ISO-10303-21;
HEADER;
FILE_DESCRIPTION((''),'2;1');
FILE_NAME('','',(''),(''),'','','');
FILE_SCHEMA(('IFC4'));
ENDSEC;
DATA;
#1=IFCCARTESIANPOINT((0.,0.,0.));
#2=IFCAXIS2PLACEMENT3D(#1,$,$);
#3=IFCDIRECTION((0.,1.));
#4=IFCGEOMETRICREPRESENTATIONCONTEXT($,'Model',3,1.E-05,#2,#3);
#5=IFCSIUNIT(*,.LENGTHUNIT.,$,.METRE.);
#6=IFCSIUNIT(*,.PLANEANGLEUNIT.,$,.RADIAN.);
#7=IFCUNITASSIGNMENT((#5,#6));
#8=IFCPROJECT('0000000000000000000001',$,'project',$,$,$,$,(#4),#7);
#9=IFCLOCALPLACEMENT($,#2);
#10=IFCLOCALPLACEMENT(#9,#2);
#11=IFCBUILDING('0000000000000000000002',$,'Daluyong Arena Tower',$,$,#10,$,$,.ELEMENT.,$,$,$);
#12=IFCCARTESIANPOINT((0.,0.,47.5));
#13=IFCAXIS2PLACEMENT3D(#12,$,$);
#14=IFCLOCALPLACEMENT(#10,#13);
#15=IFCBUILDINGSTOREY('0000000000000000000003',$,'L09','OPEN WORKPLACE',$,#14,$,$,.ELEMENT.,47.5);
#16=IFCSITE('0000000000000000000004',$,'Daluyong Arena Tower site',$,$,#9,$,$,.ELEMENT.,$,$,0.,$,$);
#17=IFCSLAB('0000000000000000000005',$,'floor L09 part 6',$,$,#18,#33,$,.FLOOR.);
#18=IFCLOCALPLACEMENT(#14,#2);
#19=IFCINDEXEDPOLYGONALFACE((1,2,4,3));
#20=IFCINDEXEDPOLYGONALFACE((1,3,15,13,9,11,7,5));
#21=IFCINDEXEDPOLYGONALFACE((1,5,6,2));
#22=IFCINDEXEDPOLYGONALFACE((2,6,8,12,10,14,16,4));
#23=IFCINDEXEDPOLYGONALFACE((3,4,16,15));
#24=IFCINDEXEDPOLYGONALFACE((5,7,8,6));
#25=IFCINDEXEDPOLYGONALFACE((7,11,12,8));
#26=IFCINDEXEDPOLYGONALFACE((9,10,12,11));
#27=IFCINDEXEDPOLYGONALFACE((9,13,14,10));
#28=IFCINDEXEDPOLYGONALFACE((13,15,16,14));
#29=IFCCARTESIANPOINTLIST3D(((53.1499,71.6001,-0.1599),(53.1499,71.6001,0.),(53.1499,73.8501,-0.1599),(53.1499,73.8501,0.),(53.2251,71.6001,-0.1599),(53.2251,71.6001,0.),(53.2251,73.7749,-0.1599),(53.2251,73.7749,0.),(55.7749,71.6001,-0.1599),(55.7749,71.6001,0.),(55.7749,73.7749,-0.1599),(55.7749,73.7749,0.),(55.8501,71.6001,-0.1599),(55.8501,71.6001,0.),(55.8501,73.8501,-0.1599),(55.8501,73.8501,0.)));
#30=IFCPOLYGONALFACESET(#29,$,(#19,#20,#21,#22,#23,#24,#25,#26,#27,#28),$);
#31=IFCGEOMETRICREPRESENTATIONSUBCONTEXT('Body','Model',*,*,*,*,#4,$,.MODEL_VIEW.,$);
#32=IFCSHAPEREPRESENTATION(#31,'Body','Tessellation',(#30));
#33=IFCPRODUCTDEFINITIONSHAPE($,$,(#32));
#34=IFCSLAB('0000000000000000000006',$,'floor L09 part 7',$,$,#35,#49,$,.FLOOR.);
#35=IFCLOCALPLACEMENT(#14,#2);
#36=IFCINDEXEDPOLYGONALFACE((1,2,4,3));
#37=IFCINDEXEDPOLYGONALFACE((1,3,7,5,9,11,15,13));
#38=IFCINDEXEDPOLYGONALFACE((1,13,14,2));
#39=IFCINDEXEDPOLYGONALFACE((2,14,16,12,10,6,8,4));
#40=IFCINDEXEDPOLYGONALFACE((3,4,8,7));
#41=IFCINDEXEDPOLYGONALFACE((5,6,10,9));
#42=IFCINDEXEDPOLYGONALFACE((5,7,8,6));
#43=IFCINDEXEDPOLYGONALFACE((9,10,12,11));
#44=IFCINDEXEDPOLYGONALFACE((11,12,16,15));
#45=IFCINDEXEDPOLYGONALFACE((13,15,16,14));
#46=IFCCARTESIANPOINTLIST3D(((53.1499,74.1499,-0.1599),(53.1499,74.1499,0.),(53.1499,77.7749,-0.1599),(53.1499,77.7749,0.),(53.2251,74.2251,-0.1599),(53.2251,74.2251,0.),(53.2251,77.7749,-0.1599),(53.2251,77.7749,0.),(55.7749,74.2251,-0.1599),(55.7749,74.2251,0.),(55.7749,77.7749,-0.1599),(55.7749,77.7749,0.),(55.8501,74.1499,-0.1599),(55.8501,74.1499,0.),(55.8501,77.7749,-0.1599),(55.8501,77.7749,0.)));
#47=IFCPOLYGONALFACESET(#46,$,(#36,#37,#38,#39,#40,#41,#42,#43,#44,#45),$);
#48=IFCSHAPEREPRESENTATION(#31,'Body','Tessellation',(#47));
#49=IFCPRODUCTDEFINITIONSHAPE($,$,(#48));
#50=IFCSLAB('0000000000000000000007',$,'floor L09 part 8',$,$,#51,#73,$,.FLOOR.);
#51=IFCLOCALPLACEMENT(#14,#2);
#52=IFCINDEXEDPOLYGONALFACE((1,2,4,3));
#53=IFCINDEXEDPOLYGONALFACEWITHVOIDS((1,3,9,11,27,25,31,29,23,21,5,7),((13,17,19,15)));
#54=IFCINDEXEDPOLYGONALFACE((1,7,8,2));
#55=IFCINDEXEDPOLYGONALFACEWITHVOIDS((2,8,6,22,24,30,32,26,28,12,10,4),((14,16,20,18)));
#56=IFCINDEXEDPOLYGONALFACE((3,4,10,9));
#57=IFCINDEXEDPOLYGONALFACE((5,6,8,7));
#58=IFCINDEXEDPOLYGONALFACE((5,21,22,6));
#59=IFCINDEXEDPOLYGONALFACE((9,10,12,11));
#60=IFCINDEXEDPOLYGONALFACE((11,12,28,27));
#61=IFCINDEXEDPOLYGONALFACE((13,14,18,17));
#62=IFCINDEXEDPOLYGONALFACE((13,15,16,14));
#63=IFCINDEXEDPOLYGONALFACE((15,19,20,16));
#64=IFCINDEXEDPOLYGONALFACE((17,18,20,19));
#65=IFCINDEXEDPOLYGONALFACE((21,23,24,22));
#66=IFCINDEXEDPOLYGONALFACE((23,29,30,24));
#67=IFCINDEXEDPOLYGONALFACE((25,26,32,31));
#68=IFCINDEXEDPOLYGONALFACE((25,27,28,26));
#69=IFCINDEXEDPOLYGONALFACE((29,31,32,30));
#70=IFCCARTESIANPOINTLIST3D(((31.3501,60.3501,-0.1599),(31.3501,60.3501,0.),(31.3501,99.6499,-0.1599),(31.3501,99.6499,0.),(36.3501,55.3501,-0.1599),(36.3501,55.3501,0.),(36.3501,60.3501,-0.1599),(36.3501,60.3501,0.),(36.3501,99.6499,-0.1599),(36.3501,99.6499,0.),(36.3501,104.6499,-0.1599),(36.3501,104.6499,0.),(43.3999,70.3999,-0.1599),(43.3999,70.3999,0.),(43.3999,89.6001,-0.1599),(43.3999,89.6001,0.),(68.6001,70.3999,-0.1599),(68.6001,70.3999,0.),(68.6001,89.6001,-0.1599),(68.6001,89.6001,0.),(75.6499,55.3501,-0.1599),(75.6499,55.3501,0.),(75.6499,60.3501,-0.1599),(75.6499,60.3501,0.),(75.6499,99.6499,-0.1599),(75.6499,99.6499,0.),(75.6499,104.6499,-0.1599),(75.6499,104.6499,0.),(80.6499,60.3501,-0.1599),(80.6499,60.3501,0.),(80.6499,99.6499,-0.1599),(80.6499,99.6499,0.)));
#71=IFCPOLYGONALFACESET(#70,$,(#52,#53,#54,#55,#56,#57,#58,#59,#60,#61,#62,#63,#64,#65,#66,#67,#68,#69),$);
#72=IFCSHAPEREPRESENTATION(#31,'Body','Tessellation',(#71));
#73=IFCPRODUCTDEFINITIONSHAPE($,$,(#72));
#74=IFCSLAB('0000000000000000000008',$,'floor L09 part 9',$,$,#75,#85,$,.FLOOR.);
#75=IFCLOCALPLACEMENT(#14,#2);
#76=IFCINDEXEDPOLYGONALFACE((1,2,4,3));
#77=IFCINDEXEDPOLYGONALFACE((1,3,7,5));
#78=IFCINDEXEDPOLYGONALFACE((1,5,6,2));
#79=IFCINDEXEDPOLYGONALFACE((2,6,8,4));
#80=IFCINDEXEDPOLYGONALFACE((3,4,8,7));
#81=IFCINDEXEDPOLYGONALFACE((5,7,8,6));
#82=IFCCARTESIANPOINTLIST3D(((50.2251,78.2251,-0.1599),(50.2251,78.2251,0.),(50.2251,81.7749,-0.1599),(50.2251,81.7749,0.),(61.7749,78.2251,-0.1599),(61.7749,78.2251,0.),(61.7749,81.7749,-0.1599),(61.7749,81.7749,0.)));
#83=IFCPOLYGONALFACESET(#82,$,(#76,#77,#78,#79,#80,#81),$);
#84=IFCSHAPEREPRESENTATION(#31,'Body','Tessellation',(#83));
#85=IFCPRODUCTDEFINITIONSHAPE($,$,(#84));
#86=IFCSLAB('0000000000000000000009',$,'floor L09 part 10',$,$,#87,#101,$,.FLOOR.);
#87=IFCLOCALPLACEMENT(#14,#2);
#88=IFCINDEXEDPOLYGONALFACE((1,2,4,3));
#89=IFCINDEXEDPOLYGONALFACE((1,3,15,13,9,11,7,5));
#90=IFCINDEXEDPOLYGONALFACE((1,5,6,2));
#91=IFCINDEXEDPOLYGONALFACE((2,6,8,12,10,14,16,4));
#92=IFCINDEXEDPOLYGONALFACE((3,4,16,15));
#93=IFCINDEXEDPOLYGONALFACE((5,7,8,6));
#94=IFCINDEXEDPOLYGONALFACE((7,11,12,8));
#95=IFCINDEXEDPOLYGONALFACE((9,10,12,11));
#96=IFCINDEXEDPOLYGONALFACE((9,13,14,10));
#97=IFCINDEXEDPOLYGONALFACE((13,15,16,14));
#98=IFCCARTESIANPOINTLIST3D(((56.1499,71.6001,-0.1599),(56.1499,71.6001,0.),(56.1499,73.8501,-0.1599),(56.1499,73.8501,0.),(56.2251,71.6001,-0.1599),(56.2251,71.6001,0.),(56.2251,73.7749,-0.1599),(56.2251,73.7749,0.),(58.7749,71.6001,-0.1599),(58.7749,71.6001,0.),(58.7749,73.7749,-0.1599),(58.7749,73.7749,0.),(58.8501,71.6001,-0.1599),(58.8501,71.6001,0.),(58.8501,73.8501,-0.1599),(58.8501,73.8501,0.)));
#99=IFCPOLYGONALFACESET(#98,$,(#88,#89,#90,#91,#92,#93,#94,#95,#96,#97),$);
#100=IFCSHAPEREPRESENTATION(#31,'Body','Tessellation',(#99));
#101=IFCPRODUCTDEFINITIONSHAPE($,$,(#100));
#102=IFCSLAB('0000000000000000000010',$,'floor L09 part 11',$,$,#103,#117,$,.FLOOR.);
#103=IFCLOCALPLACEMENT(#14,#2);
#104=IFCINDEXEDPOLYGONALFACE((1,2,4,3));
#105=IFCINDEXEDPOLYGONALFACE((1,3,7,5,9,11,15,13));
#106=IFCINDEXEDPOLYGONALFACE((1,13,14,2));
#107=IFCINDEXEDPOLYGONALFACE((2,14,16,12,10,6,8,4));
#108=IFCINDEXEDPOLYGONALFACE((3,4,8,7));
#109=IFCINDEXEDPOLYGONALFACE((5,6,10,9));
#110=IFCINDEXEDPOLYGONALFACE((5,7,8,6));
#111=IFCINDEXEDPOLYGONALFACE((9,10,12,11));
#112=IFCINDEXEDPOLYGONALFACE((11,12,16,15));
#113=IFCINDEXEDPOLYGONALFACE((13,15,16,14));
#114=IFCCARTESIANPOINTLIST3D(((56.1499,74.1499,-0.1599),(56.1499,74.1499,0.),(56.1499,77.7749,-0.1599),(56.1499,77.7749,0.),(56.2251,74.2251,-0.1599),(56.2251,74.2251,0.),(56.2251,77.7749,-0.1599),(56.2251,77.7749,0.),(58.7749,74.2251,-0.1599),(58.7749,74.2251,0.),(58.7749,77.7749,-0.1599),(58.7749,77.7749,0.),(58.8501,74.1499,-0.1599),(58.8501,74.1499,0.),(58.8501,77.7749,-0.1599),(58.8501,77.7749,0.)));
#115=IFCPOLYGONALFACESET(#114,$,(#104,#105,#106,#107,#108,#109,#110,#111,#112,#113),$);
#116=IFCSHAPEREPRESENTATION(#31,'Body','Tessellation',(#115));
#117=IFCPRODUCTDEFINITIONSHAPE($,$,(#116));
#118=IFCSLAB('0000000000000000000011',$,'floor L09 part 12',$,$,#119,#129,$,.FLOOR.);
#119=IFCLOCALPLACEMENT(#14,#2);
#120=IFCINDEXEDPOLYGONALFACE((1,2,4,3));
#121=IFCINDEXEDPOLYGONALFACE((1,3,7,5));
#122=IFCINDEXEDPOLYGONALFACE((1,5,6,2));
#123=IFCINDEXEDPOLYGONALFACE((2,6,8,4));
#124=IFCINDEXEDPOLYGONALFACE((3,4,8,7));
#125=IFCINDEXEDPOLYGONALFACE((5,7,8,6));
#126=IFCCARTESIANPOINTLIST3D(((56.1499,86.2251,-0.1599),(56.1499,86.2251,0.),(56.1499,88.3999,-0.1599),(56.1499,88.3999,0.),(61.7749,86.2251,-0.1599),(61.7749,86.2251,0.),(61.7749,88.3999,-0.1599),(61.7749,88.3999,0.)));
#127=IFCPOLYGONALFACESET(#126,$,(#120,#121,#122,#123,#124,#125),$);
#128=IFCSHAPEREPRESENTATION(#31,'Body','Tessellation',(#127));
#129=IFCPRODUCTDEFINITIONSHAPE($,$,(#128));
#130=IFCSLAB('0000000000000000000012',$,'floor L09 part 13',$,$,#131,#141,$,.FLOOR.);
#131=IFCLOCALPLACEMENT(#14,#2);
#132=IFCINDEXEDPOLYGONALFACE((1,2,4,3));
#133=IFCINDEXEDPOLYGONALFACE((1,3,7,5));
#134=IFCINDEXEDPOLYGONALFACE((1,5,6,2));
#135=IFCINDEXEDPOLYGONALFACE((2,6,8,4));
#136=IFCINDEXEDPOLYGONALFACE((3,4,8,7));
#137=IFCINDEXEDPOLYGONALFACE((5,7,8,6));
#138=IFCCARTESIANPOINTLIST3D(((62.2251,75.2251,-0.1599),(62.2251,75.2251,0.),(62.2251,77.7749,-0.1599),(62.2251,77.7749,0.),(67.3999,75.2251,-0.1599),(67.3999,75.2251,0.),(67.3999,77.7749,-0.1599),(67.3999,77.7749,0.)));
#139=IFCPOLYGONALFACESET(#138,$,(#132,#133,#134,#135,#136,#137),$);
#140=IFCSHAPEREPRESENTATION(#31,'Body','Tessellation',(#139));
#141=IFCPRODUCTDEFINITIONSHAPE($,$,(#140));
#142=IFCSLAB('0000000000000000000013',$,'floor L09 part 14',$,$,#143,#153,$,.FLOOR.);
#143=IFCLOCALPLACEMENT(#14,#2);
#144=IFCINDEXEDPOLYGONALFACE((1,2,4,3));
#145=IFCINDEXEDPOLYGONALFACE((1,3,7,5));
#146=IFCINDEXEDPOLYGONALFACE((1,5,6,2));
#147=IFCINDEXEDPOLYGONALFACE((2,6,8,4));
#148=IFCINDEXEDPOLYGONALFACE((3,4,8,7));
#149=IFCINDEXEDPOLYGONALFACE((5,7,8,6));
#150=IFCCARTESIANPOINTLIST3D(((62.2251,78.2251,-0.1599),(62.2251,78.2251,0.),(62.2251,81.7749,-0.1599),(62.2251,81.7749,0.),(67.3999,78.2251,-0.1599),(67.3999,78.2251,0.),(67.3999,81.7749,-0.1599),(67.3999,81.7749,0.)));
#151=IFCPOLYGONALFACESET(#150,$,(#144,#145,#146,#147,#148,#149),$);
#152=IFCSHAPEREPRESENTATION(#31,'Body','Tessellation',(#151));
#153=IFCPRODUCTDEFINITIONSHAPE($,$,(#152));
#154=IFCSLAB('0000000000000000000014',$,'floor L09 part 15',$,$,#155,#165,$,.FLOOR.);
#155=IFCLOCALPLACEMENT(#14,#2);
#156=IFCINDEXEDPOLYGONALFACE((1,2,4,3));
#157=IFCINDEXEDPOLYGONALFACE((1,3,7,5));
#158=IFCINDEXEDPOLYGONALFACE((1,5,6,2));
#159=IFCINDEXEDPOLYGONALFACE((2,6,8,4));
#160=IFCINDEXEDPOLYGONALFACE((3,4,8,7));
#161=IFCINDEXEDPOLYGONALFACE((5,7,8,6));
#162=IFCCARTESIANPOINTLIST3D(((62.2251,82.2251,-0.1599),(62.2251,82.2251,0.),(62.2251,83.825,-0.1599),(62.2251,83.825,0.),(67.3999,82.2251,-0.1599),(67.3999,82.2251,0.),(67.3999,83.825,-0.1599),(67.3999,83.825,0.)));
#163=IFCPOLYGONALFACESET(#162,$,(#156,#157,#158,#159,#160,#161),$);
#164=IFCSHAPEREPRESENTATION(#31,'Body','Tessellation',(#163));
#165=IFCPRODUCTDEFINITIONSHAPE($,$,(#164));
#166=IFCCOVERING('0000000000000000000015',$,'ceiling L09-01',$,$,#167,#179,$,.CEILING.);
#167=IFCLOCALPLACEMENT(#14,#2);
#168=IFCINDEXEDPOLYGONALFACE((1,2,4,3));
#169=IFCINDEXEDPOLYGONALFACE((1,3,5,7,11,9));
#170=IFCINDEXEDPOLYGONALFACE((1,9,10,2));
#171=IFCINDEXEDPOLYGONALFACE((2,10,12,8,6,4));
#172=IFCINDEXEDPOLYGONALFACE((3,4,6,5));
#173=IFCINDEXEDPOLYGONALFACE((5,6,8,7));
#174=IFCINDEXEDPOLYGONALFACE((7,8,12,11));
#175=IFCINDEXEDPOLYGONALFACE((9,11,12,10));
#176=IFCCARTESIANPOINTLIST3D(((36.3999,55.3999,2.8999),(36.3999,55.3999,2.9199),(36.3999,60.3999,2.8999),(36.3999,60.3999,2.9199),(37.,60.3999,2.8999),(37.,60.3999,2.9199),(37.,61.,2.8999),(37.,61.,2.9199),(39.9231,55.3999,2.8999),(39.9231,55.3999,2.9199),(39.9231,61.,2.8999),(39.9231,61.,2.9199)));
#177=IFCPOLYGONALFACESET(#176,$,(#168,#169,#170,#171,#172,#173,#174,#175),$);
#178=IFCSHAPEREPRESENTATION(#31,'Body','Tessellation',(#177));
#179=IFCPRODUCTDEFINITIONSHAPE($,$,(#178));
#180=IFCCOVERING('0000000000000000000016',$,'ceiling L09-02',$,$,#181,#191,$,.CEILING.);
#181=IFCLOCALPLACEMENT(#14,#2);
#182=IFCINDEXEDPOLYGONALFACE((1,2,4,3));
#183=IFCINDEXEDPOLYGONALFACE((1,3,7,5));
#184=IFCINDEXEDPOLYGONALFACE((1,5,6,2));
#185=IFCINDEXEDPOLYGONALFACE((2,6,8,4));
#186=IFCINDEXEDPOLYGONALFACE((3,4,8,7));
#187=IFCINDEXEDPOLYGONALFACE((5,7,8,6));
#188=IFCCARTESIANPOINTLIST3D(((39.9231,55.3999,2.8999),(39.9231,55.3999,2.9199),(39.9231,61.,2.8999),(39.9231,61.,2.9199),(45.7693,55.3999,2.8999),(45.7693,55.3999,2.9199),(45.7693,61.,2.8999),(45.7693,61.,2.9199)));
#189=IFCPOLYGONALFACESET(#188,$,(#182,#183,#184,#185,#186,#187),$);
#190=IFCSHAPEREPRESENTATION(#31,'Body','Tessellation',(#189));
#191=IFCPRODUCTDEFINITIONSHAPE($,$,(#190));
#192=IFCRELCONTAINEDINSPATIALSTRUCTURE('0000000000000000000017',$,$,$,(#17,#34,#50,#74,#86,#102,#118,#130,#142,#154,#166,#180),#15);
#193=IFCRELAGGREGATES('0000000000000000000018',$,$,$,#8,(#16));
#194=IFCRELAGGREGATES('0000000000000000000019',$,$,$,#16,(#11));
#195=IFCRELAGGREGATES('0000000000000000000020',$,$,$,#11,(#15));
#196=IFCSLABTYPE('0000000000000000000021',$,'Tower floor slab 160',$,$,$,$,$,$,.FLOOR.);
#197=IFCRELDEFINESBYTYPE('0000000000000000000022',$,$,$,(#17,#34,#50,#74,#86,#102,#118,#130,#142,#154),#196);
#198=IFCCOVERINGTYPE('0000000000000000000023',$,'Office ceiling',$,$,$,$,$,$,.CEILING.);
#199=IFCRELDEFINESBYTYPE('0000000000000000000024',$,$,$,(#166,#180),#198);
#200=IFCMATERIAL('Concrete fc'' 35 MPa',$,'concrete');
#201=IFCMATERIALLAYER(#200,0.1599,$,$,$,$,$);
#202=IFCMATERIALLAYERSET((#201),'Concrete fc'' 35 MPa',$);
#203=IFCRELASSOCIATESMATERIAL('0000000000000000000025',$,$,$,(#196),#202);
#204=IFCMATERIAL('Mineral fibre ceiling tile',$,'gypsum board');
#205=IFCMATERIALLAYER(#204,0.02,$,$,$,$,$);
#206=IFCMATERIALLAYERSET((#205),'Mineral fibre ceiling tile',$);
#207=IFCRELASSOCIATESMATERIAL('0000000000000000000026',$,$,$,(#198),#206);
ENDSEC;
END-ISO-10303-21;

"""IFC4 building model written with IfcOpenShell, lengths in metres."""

from ifc_helpers import new_model, si_unit, direction, frame, origin, place, context, subcontext, project, spatial, polyline, outline, extrude, material, layer, layer_set, type_object, element, save


model = new_model("IFC4")

# Units and contexts
model_context = context("Model", 3, precision=1e-05, world=origin(), true_north=direction((0.0, 1.0)))
body_context = subcontext(model_context, "Body", "Model", "MODEL_VIEW")
ifc_project = project(units=[si_unit("LENGTHUNIT", "METRE"), si_unit("PLANEANGLEUNIT", "RADIAN")], contexts=[model_context])

# Site, building, storey
site_placement = place(None, origin())
site = spatial("IfcSite", under=ifc_project, at=site_placement, Name="Daluyong Arena Tower site", CompositionType="ELEMENT", RefElevation=0.0)
building_placement = place(site_placement, origin())
building = spatial("IfcBuilding", under=site, at=building_placement, Name="Daluyong Arena Tower", CompositionType="ELEMENT")
storey_placement = place(building_placement, frame((0.0, 0.0, 47.5)))
storey = spatial("IfcBuildingStorey", under=building, at=storey_placement, Name="L09", Description="OPEN WORKPLACE", CompositionType="ELEMENT", Elevation=47.5)

# Slabs
ifc_material_1 = material(Name="Concrete fc' 35 MPa", Category="concrete")
ifc_layer_1 = layer(ifc_material_1, 0.1599)
ifc_layer_set_1 = layer_set([ifc_layer_1], Name="Concrete fc' 35 MPa")
slab_type_1 = type_object("IfcSlabType", Name="Tower floor slab 160", PredefinedType="FLOOR", material=ifc_layer_set_1)
slab_1_placement = place(storey_placement, frame((0.0, 0.0, -0.1599)))
element("IfcSlab", 1, at=slab_1_placement, inside=storey, type_object=slab_type_1, Name="floor L09 part 6", PredefinedType="FLOOR", context=body_context, shape_type="SweptSolid", body=[
    extrude(outline(polyline([(55.7749, 73.7749), (55.7749, 71.6001), (55.8501, 71.6001), (55.8501, 73.8501), (53.1499, 73.8501), (53.1499, 71.6001), (53.2251, 71.6001), (53.2251, 73.7749), (55.7749, 73.7749)])), origin(), (0.0, 0.0, 1.0), 0.1599),
])
slab_2_placement = place(storey_placement, frame((0.0, 0.0, -0.1599)))
element("IfcSlab", 2, at=slab_2_placement, inside=storey, type_object=slab_type_1, Name="floor L09 part 7", PredefinedType="FLOOR", context=body_context, shape_type="SweptSolid", body=[
    extrude(outline(polyline([(53.1499, 77.7749), (53.1499, 74.1499), (55.8501, 74.1499), (55.8501, 77.7749), (55.7749, 77.7749), (55.7749, 74.2251), (53.2251, 74.2251), (53.2251, 77.7749), (53.1499, 77.7749)])), origin(), (0.0, 0.0, 1.0), 0.1599),
])
slab_3_placement = place(storey_placement, frame((0.0, 0.0, -0.1599)))
element("IfcSlab", 3, at=slab_3_placement, inside=storey, type_object=slab_type_1, Name="floor L09 part 8", PredefinedType="FLOOR", context=body_context, shape_type="SweptSolid", body=[
    extrude(outline(polyline([(36.3501, 60.3501), (36.3501, 55.3501), (75.6499, 55.3501), (75.6499, 60.3501), (80.6499, 60.3501), (80.6499, 99.6499), (75.6499, 99.6499), (75.6499, 104.6499), (36.3501, 104.6499), (36.3501, 99.6499), (31.3501, 99.6499), (31.3501, 60.3501), (36.3501, 60.3501)]), holes=[polyline([(68.6001, 89.6001), (68.6001, 70.3999), (43.3999, 70.3999), (43.3999, 89.6001), (68.6001, 89.6001)])]), origin(), (0.0, 0.0, 1.0), 0.1599),
])
slab_4_placement = place(storey_placement, frame((0.0, 0.0, -0.1599)))
element("IfcSlab", 4, at=slab_4_placement, inside=storey, type_object=slab_type_1, Name="floor L09 part 9", PredefinedType="FLOOR", context=body_context, shape_type="SweptSolid", body=[
    extrude(outline(polyline([(61.7749, 81.7749), (50.2251, 81.7749), (50.2251, 78.2251), (61.7749, 78.2251), (61.7749, 81.7749)])), origin(), (0.0, 0.0, 1.0), 0.1599),
])
slab_5_placement = place(storey_placement, frame((0.0, 0.0, -0.1599)))
element("IfcSlab", 5, at=slab_5_placement, inside=storey, type_object=slab_type_1, Name="floor L09 part 10", PredefinedType="FLOOR", context=body_context, shape_type="SweptSolid", body=[
    extrude(outline(polyline([(58.7749, 73.7749), (58.7749, 71.6001), (58.8501, 71.6001), (58.8501, 73.8501), (56.1499, 73.8501), (56.1499, 71.6001), (56.2251, 71.6001), (56.2251, 73.7749), (58.7749, 73.7749)])), origin(), (0.0, 0.0, 1.0), 0.1599),
])
slab_6_placement = place(storey_placement, frame((0.0, 0.0, -0.1599)))
element("IfcSlab", 6, at=slab_6_placement, inside=storey, type_object=slab_type_1, Name="floor L09 part 11", PredefinedType="FLOOR", context=body_context, shape_type="SweptSolid", body=[
    extrude(outline(polyline([(56.1499, 77.7749), (56.1499, 74.1499), (58.8501, 74.1499), (58.8501, 77.7749), (58.7749, 77.7749), (58.7749, 74.2251), (56.2251, 74.2251), (56.2251, 77.7749), (56.1499, 77.7749)])), origin(), (0.0, 0.0, 1.0), 0.1599),
])
slab_7_placement = place(storey_placement, frame((0.0, 0.0, -0.1599)))
element("IfcSlab", 7, at=slab_7_placement, inside=storey, type_object=slab_type_1, Name="floor L09 part 12", PredefinedType="FLOOR", context=body_context, shape_type="SweptSolid", body=[
    extrude(outline(polyline([(56.1499, 86.2251), (61.7749, 86.2251), (61.7749, 88.3999), (56.1499, 88.3999), (56.1499, 86.2251)])), origin(), (0.0, 0.0, 1.0), 0.1599),
])
slab_8_placement = place(storey_placement, frame((0.0, 0.0, -0.1599)))
element("IfcSlab", 8, at=slab_8_placement, inside=storey, type_object=slab_type_1, Name="floor L09 part 13", PredefinedType="FLOOR", context=body_context, shape_type="SweptSolid", body=[
    extrude(outline(polyline([(67.3999, 75.2251), (67.3999, 77.7749), (62.2251, 77.7749), (62.2251, 75.2251), (67.3999, 75.2251)])), origin(), (0.0, 0.0, 1.0), 0.1599),
])
slab_9_placement = place(storey_placement, frame((0.0, 0.0, -0.1599)))
element("IfcSlab", 9, at=slab_9_placement, inside=storey, type_object=slab_type_1, Name="floor L09 part 14", PredefinedType="FLOOR", context=body_context, shape_type="SweptSolid", body=[
    extrude(outline(polyline([(67.3999, 78.2251), (67.3999, 81.7749), (62.2251, 81.7749), (62.2251, 78.2251), (67.3999, 78.2251)])), origin(), (0.0, 0.0, 1.0), 0.1599),
])
slab_10_placement = place(storey_placement, frame((0.0, 0.0, -0.1599)))
element("IfcSlab", 10, at=slab_10_placement, inside=storey, type_object=slab_type_1, Name="floor L09 part 15", PredefinedType="FLOOR", context=body_context, shape_type="SweptSolid", body=[
    extrude(outline(polyline([(67.3999, 82.2251), (67.3999, 83.825), (62.2251, 83.825), (62.2251, 82.2251), (67.3999, 82.2251)])), origin(), (0.0, 0.0, 1.0), 0.1599),
])

# Coverings
ifc_material_2 = material(Name="Mineral fibre ceiling tile", Category="gypsum board")
ifc_layer_2 = layer(ifc_material_2, 0.02)
ifc_layer_set_2 = layer_set([ifc_layer_2], Name="Mineral fibre ceiling tile")
covering_type = type_object("IfcCoveringType", Name="Office ceiling", PredefinedType="CEILING", material=ifc_layer_set_2)
covering_1_placement = place(storey_placement, frame((0.0, 0.0, 2.8999)))
element("IfcCovering", 11, at=covering_1_placement, inside=storey, type_object=covering_type, Name="ceiling L09-01", PredefinedType="CEILING", context=body_context, shape_type="SweptSolid", body=[
    extrude(outline(polyline([(36.3999, 60.3999), (36.3999, 55.3999), (39.9231, 55.3999), (39.9231, 61.0), (37.0, 61.0), (37.0, 60.3999), (36.3999, 60.3999)])), origin(), (0.0, 0.0, 1.0), 0.02),
])
covering_2_placement = place(storey_placement, frame((0.0, 0.0, 2.8999)))
element("IfcCovering", 12, at=covering_2_placement, inside=storey, type_object=covering_type, Name="ceiling L09-02", PredefinedType="CEILING", context=body_context, shape_type="SweptSolid", body=[
    extrude(outline(polyline([(39.9231, 61.0), (39.9231, 55.3999), (45.7693, 55.3999), (45.7693, 61.0), (39.9231, 61.0)])), origin(), (0.0, 0.0, 1.0), 0.02),
])

save(model, "model.ifc")
